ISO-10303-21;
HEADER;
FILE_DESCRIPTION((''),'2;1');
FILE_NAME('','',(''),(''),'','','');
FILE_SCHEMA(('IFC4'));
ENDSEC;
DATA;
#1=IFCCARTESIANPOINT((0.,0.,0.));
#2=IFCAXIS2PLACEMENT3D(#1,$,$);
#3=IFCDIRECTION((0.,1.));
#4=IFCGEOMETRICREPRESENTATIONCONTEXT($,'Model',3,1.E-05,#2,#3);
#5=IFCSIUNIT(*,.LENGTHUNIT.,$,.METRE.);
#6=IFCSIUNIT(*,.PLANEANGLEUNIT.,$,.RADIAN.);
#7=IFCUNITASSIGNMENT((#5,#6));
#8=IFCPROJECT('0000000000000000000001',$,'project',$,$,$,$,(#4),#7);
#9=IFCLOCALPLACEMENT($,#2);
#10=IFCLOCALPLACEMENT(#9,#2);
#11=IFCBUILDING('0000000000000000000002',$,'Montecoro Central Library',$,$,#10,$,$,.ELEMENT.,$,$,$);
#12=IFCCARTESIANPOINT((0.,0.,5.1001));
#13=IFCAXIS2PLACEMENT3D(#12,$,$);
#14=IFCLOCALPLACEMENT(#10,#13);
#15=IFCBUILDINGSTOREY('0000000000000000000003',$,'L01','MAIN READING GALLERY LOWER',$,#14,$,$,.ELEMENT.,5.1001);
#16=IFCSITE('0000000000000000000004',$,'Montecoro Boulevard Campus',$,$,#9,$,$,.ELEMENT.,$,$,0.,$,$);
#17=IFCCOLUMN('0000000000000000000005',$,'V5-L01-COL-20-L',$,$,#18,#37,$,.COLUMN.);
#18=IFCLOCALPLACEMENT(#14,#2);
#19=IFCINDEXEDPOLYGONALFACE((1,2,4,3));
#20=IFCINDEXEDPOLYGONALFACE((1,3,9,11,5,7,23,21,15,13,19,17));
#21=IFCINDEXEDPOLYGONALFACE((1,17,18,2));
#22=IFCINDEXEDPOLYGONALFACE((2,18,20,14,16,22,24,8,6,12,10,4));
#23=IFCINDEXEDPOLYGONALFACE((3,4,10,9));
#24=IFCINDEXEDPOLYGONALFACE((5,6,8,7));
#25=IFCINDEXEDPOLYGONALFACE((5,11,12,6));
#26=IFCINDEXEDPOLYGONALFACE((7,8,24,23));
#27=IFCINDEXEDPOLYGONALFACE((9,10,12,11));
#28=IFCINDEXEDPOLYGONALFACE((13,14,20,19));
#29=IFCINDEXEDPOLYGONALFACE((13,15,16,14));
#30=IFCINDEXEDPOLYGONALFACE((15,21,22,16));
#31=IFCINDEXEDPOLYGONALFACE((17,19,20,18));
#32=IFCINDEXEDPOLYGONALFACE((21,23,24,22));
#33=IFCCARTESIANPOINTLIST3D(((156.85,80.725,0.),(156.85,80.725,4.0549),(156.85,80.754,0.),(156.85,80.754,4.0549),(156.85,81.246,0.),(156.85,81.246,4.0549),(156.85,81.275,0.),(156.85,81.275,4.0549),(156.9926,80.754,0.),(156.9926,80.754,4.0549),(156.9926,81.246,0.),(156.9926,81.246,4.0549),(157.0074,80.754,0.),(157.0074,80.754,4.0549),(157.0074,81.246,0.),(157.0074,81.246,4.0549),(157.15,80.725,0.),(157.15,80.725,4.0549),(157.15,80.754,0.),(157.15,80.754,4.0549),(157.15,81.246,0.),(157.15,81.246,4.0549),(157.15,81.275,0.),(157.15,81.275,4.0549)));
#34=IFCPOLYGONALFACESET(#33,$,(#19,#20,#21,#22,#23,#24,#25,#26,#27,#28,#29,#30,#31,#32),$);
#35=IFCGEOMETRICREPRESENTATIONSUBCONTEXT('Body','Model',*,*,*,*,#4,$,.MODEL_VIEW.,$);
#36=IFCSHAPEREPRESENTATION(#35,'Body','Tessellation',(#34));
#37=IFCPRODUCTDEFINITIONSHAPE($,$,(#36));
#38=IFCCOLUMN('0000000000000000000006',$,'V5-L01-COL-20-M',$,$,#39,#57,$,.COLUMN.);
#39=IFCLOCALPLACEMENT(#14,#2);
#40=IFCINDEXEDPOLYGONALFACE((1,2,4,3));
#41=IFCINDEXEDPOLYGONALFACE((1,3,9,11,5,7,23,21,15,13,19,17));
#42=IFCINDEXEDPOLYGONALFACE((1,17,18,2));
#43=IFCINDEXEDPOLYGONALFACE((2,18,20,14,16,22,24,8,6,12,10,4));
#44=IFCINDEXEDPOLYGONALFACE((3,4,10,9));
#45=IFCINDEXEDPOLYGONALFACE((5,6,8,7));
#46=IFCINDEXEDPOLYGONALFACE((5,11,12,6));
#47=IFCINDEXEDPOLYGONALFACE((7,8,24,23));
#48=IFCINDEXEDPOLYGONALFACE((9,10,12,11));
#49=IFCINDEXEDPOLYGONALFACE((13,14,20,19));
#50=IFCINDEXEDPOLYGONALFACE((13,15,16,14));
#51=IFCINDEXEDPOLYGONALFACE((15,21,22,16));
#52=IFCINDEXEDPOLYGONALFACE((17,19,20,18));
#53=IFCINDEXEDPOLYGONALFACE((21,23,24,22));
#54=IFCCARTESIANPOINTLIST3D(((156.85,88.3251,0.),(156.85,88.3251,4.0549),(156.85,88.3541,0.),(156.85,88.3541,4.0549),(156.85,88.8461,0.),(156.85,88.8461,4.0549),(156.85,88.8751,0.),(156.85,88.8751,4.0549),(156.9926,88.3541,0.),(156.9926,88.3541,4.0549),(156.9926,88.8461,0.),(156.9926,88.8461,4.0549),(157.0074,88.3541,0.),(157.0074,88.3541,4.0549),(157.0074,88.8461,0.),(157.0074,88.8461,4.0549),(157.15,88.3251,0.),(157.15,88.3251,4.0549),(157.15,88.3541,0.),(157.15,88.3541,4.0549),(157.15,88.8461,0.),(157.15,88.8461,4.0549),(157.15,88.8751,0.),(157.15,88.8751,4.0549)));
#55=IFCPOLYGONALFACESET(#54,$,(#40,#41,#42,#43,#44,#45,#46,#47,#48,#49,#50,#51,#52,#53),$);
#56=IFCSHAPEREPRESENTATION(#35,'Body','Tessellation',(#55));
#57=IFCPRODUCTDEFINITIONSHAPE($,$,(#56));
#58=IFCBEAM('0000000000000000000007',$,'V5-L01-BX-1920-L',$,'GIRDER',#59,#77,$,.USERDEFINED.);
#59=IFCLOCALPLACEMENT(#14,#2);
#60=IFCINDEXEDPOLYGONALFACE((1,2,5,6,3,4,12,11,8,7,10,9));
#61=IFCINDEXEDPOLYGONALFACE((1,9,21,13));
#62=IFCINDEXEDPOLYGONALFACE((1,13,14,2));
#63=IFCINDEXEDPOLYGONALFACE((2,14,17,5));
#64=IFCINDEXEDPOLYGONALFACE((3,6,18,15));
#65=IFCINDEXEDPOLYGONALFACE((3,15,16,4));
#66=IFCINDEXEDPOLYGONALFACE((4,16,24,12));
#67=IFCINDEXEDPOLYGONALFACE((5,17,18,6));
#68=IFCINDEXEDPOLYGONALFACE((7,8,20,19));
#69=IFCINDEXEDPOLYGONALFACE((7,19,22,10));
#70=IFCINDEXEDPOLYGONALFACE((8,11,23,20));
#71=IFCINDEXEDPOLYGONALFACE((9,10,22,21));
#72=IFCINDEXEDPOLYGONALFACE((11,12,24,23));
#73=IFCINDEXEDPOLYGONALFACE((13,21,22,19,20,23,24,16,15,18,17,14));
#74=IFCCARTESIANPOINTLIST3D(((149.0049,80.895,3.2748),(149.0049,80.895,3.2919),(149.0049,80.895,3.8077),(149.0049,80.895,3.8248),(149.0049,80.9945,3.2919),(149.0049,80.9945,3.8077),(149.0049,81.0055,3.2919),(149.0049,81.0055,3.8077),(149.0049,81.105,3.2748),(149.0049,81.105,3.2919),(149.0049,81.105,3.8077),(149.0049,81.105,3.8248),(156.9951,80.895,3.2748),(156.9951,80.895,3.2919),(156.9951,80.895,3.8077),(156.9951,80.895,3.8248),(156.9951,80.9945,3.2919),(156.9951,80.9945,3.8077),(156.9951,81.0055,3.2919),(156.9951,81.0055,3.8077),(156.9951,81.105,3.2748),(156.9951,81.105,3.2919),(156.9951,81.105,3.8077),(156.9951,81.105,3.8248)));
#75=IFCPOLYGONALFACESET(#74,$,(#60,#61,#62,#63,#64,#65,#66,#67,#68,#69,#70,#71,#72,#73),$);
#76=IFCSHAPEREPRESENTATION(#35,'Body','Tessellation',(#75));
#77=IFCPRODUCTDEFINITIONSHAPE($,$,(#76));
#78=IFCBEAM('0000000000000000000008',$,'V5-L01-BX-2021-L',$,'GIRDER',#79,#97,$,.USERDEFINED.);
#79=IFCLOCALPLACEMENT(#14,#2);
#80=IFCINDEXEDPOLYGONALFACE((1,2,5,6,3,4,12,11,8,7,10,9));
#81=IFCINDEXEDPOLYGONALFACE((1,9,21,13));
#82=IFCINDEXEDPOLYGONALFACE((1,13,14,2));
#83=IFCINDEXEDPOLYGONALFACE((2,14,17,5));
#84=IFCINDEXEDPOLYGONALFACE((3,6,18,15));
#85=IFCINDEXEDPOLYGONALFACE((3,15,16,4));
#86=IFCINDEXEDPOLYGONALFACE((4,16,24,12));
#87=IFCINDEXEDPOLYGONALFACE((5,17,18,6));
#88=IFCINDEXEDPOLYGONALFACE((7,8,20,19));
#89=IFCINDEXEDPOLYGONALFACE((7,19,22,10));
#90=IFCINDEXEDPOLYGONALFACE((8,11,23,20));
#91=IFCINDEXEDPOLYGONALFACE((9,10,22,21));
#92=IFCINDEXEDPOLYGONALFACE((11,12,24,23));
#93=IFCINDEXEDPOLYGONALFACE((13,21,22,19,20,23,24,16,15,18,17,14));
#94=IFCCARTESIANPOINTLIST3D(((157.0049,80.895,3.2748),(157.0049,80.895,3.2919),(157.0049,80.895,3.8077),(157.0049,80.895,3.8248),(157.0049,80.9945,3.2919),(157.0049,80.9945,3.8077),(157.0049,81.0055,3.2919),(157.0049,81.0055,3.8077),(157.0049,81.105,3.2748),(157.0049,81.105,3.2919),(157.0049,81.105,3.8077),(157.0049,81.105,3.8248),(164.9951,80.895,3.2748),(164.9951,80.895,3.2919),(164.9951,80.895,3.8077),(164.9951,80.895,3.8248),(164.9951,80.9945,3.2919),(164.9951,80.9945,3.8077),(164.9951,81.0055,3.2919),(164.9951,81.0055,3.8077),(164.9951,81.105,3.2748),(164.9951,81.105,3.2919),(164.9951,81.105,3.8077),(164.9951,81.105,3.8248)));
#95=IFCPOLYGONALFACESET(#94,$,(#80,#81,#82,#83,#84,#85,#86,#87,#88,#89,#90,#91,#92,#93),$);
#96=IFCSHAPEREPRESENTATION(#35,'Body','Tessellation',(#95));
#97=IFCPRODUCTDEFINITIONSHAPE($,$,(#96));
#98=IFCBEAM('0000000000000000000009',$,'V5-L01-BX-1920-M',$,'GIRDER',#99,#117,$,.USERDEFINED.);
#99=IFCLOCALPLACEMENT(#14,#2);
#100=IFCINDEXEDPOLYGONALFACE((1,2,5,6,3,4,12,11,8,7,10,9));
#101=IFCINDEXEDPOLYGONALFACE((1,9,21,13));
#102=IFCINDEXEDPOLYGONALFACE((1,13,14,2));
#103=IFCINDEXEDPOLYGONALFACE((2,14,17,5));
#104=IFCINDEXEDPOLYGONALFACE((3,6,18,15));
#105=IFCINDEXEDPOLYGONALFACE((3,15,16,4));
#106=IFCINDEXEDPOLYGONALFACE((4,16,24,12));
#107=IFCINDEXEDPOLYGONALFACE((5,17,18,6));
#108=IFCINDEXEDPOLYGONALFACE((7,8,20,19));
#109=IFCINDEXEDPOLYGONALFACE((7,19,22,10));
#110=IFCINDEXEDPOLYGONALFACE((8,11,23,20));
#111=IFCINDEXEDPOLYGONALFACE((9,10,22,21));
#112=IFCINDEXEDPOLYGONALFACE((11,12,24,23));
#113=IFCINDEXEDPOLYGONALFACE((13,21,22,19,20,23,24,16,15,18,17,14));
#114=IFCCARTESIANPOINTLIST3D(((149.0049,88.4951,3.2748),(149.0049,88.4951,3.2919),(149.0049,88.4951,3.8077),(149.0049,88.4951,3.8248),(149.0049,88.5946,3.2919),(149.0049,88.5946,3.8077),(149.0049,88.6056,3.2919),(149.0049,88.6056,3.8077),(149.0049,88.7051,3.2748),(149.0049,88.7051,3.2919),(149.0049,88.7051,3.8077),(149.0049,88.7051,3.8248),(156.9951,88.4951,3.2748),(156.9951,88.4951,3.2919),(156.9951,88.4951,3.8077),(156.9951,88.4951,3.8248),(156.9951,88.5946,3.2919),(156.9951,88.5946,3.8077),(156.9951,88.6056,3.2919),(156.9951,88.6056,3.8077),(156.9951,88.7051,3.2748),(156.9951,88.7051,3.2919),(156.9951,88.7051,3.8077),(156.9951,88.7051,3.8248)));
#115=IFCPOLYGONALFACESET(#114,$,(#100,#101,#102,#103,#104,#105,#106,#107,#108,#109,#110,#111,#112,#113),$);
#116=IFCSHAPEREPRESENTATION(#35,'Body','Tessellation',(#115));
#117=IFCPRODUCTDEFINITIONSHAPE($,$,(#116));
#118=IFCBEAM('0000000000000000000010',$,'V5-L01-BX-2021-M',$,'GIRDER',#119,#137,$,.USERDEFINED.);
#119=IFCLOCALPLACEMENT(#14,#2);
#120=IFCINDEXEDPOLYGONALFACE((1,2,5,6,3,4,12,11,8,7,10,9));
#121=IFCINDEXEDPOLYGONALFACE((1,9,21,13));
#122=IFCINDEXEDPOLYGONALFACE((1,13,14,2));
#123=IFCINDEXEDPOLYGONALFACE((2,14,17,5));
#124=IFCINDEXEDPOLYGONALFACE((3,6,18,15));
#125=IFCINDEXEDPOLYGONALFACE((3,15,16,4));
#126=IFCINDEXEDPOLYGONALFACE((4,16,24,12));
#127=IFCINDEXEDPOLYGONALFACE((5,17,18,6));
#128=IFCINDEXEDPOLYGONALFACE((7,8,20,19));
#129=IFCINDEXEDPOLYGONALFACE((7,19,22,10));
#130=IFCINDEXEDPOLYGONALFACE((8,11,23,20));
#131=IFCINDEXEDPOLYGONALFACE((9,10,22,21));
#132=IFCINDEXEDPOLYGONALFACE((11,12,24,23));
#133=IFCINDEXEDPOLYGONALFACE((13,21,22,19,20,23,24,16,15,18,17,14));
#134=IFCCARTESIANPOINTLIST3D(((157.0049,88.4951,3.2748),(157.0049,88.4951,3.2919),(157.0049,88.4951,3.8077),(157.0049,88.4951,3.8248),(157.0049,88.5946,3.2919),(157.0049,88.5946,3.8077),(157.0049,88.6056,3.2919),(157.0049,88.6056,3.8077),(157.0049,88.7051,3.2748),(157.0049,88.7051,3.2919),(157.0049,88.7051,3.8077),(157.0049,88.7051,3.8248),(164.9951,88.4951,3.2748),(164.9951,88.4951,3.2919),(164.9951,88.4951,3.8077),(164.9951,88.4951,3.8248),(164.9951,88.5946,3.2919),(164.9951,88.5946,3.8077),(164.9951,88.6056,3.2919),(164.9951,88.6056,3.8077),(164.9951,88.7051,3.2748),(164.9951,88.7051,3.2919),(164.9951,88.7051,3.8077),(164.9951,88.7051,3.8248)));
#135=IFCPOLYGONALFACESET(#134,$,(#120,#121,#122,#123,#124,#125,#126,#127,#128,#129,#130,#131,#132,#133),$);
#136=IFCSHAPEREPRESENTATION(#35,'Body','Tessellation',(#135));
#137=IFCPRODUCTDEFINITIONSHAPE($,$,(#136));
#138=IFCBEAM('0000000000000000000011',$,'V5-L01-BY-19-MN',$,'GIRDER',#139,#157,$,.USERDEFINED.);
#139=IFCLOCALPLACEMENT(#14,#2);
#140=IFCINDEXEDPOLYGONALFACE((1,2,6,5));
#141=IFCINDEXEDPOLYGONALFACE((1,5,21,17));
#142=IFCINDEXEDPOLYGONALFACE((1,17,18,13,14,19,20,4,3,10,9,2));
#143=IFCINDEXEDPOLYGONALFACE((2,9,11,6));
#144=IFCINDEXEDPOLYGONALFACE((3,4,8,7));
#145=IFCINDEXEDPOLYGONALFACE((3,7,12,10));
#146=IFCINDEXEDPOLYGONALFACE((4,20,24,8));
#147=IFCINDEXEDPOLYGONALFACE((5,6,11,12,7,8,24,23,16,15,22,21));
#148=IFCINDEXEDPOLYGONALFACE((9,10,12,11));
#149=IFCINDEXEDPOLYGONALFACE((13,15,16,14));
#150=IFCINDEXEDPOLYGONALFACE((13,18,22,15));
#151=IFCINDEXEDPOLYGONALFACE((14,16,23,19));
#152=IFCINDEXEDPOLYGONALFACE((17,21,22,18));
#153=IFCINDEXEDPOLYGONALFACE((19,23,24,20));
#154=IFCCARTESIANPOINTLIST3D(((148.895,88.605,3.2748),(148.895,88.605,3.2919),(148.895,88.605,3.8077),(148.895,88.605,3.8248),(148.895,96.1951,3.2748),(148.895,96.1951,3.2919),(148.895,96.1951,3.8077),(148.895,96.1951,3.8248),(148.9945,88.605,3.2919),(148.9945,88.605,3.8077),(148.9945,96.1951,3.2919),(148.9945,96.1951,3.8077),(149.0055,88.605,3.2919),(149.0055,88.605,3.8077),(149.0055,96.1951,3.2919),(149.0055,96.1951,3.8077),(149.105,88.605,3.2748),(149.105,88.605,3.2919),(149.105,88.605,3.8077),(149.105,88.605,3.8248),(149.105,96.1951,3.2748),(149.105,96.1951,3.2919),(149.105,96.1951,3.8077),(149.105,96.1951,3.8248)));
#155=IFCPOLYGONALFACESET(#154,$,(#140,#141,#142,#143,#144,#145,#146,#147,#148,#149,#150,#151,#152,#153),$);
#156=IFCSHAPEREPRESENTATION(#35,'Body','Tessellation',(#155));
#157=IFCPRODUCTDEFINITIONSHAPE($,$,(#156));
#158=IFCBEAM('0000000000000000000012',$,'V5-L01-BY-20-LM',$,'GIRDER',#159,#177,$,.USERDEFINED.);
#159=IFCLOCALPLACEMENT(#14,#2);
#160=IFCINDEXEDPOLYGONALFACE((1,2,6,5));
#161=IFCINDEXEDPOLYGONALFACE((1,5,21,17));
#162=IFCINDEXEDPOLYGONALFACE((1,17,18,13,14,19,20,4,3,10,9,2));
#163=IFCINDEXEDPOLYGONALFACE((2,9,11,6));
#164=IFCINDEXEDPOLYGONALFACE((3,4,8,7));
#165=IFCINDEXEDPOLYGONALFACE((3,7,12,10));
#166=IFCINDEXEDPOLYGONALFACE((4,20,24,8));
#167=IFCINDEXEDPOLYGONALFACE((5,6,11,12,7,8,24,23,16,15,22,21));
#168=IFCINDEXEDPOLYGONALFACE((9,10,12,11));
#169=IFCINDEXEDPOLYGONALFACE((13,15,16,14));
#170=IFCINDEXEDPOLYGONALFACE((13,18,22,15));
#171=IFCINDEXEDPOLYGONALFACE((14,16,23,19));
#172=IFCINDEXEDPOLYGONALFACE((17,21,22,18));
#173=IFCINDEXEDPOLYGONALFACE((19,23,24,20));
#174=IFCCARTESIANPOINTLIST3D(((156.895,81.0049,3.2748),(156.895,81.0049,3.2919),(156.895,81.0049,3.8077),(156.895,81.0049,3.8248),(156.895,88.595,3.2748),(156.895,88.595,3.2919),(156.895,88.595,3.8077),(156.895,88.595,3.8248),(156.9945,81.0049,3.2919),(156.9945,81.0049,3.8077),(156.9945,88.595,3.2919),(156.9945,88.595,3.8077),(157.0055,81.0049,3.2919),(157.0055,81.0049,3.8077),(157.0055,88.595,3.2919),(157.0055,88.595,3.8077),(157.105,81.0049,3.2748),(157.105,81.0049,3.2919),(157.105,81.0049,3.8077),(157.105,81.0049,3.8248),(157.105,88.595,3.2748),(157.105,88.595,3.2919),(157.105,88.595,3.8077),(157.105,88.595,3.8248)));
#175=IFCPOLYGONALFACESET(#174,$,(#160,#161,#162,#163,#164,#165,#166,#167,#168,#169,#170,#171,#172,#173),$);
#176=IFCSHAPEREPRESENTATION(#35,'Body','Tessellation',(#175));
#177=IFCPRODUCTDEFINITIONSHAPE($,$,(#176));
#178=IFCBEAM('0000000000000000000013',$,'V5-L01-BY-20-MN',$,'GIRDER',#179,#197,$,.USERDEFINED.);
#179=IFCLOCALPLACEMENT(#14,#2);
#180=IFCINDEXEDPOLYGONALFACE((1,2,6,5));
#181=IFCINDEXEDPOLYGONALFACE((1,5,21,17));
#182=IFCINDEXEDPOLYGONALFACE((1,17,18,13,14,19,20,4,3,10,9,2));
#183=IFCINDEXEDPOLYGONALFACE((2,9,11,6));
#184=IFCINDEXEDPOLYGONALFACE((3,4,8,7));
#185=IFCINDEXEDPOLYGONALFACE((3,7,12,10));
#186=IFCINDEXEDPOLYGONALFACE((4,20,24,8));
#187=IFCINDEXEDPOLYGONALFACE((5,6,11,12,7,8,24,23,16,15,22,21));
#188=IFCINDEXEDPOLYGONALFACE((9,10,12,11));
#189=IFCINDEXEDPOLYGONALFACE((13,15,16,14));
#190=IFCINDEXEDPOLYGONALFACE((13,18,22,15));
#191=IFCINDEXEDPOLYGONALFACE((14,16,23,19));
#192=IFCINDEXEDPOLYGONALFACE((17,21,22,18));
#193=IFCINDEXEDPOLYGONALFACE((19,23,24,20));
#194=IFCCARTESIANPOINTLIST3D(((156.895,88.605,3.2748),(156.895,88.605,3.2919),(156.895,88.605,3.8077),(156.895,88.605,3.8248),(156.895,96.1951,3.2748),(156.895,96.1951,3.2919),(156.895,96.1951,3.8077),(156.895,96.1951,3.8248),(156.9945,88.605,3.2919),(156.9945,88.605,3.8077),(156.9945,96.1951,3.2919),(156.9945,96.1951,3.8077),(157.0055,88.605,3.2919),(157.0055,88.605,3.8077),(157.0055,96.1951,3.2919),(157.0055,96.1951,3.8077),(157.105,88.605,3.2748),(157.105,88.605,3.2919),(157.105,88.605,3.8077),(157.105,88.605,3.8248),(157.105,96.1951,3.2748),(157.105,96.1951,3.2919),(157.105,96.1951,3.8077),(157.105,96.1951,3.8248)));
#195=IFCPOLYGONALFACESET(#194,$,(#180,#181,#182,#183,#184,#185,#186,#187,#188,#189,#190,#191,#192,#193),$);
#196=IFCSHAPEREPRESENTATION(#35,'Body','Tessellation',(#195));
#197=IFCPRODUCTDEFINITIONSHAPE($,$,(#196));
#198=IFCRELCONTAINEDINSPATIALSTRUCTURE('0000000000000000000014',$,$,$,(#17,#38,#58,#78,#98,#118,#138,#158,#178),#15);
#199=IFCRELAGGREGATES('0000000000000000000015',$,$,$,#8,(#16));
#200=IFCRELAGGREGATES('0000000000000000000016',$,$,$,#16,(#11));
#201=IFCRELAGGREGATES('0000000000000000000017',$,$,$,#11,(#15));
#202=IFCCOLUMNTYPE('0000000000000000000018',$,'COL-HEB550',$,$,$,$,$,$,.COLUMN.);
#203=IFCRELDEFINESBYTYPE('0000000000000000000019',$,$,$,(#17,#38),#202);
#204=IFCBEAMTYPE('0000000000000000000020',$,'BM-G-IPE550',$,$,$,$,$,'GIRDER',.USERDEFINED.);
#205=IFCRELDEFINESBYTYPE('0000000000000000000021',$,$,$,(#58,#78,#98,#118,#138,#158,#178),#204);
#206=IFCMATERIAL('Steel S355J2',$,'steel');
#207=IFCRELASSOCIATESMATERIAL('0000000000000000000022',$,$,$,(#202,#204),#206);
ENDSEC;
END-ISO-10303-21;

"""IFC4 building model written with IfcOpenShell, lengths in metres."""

from ifc_helpers import new_model, si_unit, direction, frame, origin, origin_2d, place, context, subcontext, project, spatial, i_section, extrude, material, material_profile, profile_set, type_object, element, save


model = new_model("IFC4")

# Units and contexts
model_context = context("Model", 3, precision=1e-05, world=origin(), true_north=direction((0.0, 1.0)))
body_context = subcontext(model_context, "Body", "Model", "MODEL_VIEW")
ifc_project = project(units=[si_unit("LENGTHUNIT", "METRE"), si_unit("PLANEANGLEUNIT", "RADIAN")], contexts=[model_context])

# Site, building, storey
site_placement = place(None, origin())
site = spatial("IfcSite", under=ifc_project, at=site_placement, Name="Montecoro Boulevard Campus", CompositionType="ELEMENT", RefElevation=0.0)
building_placement = place(site_placement, origin())
building = spatial("IfcBuilding", under=site, at=building_placement, Name="Montecoro Central Library", CompositionType="ELEMENT")
storey_placement = place(building_placement, frame((0.0, 0.0, 5.1001)))
storey = spatial("IfcBuildingStorey", under=building, at=storey_placement, Name="L01", Description="MAIN READING GALLERY LOWER", CompositionType="ELEMENT", Elevation=5.1001)

# Columns
ifc_material_1 = material(Name="Steel S355J2", Category="steel")
ifc_material_profile_1 = material_profile(ifc_material_1, i_section(OverallWidth=0.3, OverallDepth=0.55, WebThickness=0.0149, FlangeThickness=0.0291, at=origin_2d()), Name="HEB 550")
ifc_profile_set_1 = profile_set([ifc_material_profile_1], Name="Steel S355J2")
column_type = type_object("IfcColumnType", Name="COL-HEB550", PredefinedType="COLUMN", material=ifc_profile_set_1)
for number, where, z_axis, x_axis, name in (
    (1, (157.0, 81.0, 0.0), (0.0, 0.0, 1.0), (1.0, 0.0, 0.0), "V5-L01-COL-20-L"),
    (2, (157.0, 88.6001, 0.0), (0.0, 0.0, 1.0), (1.0, 0.0, 0.0), "V5-L01-COL-20-M"),
):
    element("IfcColumn", number, at=place(storey_placement, frame(where, z_axis=z_axis, x_axis=x_axis)), inside=storey, type_object=column_type, Name=name, PredefinedType="COLUMN", context=body_context, shape_type="SweptSolid", body=[
        extrude(i_section(OverallWidth=0.3, OverallDepth=0.55, WebThickness=0.0149, FlangeThickness=0.0291, at=origin_2d()), origin(), (0.0, 0.0, 1.0), 4.0549),
    ])

# Beams
ifc_material_profile_2 = material_profile(ifc_material_1, i_section(OverallWidth=0.21, OverallDepth=0.55, WebThickness=0.011, FlangeThickness=0.0171, at=origin_2d()), Name="IPE 550")
ifc_profile_set_2 = profile_set([ifc_material_profile_2], Name="Steel S355J2")
beam_type_1 = type_object("IfcBeamType", Name="BM-G-IPE550", ElementType="GIRDER", PredefinedType="USERDEFINED", material=ifc_profile_set_2)
for number, where, z_axis, x_axis, name in (
    (3, (149.0049, 81.0, 3.5498), (1.0, 0.0, 0.0), (0.0, 1.0, 0.0), "V5-L01-BX-1920-L"),
    (4, (157.0049, 81.0, 3.5498), (1.0, 0.0, 0.0), (0.0, 1.0, 0.0), "V5-L01-BX-2021-L"),
    (5, (149.0049, 88.6001, 3.5498), (1.0, 0.0, 0.0), (0.0, 1.0, 0.0), "V5-L01-BX-1920-M"),
    (6, (157.0049, 88.6001, 3.5498), (1.0, 0.0, 0.0), (0.0, 1.0, 0.0), "V5-L01-BX-2021-M"),
):
    element("IfcBeam", number, at=place(storey_placement, frame(where, z_axis=z_axis, x_axis=x_axis)), inside=storey, type_object=beam_type_1, Name=name, ObjectType="GIRDER", PredefinedType="USERDEFINED", context=body_context, shape_type="SweptSolid", body=[
        extrude(i_section(OverallWidth=0.21, OverallDepth=0.55, WebThickness=0.011, FlangeThickness=0.0171, at=origin_2d()), origin(), (0.0, 0.0, 1.0), 7.9902),
    ])
for number, where, z_axis, x_axis, name in (
    (7, (149.0, 88.605, 3.5498), (0.0, 1.0, 0.0), (-1.0, 0.0, 0.0), "V5-L01-BY-19-MN"),
    (8, (157.0, 81.0049, 3.5498), (0.0, 1.0, 0.0), (-1.0, 0.0, 0.0), "V5-L01-BY-20-LM"),
    (9, (157.0, 88.605, 3.5498), (0.0, 1.0, 0.0), (-1.0, 0.0, 0.0), "V5-L01-BY-20-MN"),
):
    element("IfcBeam", number, at=place(storey_placement, frame(where, z_axis=z_axis, x_axis=x_axis)), inside=storey, type_object=beam_type_1, Name=name, ObjectType="GIRDER", PredefinedType="USERDEFINED", context=body_context, shape_type="SweptSolid", body=[
        extrude(i_section(OverallWidth=0.21, OverallDepth=0.55, WebThickness=0.011, FlangeThickness=0.0171, at=origin_2d()), origin(), (0.0, 0.0, 1.0), 7.5901),
    ])

save(model, "model.ifc")
